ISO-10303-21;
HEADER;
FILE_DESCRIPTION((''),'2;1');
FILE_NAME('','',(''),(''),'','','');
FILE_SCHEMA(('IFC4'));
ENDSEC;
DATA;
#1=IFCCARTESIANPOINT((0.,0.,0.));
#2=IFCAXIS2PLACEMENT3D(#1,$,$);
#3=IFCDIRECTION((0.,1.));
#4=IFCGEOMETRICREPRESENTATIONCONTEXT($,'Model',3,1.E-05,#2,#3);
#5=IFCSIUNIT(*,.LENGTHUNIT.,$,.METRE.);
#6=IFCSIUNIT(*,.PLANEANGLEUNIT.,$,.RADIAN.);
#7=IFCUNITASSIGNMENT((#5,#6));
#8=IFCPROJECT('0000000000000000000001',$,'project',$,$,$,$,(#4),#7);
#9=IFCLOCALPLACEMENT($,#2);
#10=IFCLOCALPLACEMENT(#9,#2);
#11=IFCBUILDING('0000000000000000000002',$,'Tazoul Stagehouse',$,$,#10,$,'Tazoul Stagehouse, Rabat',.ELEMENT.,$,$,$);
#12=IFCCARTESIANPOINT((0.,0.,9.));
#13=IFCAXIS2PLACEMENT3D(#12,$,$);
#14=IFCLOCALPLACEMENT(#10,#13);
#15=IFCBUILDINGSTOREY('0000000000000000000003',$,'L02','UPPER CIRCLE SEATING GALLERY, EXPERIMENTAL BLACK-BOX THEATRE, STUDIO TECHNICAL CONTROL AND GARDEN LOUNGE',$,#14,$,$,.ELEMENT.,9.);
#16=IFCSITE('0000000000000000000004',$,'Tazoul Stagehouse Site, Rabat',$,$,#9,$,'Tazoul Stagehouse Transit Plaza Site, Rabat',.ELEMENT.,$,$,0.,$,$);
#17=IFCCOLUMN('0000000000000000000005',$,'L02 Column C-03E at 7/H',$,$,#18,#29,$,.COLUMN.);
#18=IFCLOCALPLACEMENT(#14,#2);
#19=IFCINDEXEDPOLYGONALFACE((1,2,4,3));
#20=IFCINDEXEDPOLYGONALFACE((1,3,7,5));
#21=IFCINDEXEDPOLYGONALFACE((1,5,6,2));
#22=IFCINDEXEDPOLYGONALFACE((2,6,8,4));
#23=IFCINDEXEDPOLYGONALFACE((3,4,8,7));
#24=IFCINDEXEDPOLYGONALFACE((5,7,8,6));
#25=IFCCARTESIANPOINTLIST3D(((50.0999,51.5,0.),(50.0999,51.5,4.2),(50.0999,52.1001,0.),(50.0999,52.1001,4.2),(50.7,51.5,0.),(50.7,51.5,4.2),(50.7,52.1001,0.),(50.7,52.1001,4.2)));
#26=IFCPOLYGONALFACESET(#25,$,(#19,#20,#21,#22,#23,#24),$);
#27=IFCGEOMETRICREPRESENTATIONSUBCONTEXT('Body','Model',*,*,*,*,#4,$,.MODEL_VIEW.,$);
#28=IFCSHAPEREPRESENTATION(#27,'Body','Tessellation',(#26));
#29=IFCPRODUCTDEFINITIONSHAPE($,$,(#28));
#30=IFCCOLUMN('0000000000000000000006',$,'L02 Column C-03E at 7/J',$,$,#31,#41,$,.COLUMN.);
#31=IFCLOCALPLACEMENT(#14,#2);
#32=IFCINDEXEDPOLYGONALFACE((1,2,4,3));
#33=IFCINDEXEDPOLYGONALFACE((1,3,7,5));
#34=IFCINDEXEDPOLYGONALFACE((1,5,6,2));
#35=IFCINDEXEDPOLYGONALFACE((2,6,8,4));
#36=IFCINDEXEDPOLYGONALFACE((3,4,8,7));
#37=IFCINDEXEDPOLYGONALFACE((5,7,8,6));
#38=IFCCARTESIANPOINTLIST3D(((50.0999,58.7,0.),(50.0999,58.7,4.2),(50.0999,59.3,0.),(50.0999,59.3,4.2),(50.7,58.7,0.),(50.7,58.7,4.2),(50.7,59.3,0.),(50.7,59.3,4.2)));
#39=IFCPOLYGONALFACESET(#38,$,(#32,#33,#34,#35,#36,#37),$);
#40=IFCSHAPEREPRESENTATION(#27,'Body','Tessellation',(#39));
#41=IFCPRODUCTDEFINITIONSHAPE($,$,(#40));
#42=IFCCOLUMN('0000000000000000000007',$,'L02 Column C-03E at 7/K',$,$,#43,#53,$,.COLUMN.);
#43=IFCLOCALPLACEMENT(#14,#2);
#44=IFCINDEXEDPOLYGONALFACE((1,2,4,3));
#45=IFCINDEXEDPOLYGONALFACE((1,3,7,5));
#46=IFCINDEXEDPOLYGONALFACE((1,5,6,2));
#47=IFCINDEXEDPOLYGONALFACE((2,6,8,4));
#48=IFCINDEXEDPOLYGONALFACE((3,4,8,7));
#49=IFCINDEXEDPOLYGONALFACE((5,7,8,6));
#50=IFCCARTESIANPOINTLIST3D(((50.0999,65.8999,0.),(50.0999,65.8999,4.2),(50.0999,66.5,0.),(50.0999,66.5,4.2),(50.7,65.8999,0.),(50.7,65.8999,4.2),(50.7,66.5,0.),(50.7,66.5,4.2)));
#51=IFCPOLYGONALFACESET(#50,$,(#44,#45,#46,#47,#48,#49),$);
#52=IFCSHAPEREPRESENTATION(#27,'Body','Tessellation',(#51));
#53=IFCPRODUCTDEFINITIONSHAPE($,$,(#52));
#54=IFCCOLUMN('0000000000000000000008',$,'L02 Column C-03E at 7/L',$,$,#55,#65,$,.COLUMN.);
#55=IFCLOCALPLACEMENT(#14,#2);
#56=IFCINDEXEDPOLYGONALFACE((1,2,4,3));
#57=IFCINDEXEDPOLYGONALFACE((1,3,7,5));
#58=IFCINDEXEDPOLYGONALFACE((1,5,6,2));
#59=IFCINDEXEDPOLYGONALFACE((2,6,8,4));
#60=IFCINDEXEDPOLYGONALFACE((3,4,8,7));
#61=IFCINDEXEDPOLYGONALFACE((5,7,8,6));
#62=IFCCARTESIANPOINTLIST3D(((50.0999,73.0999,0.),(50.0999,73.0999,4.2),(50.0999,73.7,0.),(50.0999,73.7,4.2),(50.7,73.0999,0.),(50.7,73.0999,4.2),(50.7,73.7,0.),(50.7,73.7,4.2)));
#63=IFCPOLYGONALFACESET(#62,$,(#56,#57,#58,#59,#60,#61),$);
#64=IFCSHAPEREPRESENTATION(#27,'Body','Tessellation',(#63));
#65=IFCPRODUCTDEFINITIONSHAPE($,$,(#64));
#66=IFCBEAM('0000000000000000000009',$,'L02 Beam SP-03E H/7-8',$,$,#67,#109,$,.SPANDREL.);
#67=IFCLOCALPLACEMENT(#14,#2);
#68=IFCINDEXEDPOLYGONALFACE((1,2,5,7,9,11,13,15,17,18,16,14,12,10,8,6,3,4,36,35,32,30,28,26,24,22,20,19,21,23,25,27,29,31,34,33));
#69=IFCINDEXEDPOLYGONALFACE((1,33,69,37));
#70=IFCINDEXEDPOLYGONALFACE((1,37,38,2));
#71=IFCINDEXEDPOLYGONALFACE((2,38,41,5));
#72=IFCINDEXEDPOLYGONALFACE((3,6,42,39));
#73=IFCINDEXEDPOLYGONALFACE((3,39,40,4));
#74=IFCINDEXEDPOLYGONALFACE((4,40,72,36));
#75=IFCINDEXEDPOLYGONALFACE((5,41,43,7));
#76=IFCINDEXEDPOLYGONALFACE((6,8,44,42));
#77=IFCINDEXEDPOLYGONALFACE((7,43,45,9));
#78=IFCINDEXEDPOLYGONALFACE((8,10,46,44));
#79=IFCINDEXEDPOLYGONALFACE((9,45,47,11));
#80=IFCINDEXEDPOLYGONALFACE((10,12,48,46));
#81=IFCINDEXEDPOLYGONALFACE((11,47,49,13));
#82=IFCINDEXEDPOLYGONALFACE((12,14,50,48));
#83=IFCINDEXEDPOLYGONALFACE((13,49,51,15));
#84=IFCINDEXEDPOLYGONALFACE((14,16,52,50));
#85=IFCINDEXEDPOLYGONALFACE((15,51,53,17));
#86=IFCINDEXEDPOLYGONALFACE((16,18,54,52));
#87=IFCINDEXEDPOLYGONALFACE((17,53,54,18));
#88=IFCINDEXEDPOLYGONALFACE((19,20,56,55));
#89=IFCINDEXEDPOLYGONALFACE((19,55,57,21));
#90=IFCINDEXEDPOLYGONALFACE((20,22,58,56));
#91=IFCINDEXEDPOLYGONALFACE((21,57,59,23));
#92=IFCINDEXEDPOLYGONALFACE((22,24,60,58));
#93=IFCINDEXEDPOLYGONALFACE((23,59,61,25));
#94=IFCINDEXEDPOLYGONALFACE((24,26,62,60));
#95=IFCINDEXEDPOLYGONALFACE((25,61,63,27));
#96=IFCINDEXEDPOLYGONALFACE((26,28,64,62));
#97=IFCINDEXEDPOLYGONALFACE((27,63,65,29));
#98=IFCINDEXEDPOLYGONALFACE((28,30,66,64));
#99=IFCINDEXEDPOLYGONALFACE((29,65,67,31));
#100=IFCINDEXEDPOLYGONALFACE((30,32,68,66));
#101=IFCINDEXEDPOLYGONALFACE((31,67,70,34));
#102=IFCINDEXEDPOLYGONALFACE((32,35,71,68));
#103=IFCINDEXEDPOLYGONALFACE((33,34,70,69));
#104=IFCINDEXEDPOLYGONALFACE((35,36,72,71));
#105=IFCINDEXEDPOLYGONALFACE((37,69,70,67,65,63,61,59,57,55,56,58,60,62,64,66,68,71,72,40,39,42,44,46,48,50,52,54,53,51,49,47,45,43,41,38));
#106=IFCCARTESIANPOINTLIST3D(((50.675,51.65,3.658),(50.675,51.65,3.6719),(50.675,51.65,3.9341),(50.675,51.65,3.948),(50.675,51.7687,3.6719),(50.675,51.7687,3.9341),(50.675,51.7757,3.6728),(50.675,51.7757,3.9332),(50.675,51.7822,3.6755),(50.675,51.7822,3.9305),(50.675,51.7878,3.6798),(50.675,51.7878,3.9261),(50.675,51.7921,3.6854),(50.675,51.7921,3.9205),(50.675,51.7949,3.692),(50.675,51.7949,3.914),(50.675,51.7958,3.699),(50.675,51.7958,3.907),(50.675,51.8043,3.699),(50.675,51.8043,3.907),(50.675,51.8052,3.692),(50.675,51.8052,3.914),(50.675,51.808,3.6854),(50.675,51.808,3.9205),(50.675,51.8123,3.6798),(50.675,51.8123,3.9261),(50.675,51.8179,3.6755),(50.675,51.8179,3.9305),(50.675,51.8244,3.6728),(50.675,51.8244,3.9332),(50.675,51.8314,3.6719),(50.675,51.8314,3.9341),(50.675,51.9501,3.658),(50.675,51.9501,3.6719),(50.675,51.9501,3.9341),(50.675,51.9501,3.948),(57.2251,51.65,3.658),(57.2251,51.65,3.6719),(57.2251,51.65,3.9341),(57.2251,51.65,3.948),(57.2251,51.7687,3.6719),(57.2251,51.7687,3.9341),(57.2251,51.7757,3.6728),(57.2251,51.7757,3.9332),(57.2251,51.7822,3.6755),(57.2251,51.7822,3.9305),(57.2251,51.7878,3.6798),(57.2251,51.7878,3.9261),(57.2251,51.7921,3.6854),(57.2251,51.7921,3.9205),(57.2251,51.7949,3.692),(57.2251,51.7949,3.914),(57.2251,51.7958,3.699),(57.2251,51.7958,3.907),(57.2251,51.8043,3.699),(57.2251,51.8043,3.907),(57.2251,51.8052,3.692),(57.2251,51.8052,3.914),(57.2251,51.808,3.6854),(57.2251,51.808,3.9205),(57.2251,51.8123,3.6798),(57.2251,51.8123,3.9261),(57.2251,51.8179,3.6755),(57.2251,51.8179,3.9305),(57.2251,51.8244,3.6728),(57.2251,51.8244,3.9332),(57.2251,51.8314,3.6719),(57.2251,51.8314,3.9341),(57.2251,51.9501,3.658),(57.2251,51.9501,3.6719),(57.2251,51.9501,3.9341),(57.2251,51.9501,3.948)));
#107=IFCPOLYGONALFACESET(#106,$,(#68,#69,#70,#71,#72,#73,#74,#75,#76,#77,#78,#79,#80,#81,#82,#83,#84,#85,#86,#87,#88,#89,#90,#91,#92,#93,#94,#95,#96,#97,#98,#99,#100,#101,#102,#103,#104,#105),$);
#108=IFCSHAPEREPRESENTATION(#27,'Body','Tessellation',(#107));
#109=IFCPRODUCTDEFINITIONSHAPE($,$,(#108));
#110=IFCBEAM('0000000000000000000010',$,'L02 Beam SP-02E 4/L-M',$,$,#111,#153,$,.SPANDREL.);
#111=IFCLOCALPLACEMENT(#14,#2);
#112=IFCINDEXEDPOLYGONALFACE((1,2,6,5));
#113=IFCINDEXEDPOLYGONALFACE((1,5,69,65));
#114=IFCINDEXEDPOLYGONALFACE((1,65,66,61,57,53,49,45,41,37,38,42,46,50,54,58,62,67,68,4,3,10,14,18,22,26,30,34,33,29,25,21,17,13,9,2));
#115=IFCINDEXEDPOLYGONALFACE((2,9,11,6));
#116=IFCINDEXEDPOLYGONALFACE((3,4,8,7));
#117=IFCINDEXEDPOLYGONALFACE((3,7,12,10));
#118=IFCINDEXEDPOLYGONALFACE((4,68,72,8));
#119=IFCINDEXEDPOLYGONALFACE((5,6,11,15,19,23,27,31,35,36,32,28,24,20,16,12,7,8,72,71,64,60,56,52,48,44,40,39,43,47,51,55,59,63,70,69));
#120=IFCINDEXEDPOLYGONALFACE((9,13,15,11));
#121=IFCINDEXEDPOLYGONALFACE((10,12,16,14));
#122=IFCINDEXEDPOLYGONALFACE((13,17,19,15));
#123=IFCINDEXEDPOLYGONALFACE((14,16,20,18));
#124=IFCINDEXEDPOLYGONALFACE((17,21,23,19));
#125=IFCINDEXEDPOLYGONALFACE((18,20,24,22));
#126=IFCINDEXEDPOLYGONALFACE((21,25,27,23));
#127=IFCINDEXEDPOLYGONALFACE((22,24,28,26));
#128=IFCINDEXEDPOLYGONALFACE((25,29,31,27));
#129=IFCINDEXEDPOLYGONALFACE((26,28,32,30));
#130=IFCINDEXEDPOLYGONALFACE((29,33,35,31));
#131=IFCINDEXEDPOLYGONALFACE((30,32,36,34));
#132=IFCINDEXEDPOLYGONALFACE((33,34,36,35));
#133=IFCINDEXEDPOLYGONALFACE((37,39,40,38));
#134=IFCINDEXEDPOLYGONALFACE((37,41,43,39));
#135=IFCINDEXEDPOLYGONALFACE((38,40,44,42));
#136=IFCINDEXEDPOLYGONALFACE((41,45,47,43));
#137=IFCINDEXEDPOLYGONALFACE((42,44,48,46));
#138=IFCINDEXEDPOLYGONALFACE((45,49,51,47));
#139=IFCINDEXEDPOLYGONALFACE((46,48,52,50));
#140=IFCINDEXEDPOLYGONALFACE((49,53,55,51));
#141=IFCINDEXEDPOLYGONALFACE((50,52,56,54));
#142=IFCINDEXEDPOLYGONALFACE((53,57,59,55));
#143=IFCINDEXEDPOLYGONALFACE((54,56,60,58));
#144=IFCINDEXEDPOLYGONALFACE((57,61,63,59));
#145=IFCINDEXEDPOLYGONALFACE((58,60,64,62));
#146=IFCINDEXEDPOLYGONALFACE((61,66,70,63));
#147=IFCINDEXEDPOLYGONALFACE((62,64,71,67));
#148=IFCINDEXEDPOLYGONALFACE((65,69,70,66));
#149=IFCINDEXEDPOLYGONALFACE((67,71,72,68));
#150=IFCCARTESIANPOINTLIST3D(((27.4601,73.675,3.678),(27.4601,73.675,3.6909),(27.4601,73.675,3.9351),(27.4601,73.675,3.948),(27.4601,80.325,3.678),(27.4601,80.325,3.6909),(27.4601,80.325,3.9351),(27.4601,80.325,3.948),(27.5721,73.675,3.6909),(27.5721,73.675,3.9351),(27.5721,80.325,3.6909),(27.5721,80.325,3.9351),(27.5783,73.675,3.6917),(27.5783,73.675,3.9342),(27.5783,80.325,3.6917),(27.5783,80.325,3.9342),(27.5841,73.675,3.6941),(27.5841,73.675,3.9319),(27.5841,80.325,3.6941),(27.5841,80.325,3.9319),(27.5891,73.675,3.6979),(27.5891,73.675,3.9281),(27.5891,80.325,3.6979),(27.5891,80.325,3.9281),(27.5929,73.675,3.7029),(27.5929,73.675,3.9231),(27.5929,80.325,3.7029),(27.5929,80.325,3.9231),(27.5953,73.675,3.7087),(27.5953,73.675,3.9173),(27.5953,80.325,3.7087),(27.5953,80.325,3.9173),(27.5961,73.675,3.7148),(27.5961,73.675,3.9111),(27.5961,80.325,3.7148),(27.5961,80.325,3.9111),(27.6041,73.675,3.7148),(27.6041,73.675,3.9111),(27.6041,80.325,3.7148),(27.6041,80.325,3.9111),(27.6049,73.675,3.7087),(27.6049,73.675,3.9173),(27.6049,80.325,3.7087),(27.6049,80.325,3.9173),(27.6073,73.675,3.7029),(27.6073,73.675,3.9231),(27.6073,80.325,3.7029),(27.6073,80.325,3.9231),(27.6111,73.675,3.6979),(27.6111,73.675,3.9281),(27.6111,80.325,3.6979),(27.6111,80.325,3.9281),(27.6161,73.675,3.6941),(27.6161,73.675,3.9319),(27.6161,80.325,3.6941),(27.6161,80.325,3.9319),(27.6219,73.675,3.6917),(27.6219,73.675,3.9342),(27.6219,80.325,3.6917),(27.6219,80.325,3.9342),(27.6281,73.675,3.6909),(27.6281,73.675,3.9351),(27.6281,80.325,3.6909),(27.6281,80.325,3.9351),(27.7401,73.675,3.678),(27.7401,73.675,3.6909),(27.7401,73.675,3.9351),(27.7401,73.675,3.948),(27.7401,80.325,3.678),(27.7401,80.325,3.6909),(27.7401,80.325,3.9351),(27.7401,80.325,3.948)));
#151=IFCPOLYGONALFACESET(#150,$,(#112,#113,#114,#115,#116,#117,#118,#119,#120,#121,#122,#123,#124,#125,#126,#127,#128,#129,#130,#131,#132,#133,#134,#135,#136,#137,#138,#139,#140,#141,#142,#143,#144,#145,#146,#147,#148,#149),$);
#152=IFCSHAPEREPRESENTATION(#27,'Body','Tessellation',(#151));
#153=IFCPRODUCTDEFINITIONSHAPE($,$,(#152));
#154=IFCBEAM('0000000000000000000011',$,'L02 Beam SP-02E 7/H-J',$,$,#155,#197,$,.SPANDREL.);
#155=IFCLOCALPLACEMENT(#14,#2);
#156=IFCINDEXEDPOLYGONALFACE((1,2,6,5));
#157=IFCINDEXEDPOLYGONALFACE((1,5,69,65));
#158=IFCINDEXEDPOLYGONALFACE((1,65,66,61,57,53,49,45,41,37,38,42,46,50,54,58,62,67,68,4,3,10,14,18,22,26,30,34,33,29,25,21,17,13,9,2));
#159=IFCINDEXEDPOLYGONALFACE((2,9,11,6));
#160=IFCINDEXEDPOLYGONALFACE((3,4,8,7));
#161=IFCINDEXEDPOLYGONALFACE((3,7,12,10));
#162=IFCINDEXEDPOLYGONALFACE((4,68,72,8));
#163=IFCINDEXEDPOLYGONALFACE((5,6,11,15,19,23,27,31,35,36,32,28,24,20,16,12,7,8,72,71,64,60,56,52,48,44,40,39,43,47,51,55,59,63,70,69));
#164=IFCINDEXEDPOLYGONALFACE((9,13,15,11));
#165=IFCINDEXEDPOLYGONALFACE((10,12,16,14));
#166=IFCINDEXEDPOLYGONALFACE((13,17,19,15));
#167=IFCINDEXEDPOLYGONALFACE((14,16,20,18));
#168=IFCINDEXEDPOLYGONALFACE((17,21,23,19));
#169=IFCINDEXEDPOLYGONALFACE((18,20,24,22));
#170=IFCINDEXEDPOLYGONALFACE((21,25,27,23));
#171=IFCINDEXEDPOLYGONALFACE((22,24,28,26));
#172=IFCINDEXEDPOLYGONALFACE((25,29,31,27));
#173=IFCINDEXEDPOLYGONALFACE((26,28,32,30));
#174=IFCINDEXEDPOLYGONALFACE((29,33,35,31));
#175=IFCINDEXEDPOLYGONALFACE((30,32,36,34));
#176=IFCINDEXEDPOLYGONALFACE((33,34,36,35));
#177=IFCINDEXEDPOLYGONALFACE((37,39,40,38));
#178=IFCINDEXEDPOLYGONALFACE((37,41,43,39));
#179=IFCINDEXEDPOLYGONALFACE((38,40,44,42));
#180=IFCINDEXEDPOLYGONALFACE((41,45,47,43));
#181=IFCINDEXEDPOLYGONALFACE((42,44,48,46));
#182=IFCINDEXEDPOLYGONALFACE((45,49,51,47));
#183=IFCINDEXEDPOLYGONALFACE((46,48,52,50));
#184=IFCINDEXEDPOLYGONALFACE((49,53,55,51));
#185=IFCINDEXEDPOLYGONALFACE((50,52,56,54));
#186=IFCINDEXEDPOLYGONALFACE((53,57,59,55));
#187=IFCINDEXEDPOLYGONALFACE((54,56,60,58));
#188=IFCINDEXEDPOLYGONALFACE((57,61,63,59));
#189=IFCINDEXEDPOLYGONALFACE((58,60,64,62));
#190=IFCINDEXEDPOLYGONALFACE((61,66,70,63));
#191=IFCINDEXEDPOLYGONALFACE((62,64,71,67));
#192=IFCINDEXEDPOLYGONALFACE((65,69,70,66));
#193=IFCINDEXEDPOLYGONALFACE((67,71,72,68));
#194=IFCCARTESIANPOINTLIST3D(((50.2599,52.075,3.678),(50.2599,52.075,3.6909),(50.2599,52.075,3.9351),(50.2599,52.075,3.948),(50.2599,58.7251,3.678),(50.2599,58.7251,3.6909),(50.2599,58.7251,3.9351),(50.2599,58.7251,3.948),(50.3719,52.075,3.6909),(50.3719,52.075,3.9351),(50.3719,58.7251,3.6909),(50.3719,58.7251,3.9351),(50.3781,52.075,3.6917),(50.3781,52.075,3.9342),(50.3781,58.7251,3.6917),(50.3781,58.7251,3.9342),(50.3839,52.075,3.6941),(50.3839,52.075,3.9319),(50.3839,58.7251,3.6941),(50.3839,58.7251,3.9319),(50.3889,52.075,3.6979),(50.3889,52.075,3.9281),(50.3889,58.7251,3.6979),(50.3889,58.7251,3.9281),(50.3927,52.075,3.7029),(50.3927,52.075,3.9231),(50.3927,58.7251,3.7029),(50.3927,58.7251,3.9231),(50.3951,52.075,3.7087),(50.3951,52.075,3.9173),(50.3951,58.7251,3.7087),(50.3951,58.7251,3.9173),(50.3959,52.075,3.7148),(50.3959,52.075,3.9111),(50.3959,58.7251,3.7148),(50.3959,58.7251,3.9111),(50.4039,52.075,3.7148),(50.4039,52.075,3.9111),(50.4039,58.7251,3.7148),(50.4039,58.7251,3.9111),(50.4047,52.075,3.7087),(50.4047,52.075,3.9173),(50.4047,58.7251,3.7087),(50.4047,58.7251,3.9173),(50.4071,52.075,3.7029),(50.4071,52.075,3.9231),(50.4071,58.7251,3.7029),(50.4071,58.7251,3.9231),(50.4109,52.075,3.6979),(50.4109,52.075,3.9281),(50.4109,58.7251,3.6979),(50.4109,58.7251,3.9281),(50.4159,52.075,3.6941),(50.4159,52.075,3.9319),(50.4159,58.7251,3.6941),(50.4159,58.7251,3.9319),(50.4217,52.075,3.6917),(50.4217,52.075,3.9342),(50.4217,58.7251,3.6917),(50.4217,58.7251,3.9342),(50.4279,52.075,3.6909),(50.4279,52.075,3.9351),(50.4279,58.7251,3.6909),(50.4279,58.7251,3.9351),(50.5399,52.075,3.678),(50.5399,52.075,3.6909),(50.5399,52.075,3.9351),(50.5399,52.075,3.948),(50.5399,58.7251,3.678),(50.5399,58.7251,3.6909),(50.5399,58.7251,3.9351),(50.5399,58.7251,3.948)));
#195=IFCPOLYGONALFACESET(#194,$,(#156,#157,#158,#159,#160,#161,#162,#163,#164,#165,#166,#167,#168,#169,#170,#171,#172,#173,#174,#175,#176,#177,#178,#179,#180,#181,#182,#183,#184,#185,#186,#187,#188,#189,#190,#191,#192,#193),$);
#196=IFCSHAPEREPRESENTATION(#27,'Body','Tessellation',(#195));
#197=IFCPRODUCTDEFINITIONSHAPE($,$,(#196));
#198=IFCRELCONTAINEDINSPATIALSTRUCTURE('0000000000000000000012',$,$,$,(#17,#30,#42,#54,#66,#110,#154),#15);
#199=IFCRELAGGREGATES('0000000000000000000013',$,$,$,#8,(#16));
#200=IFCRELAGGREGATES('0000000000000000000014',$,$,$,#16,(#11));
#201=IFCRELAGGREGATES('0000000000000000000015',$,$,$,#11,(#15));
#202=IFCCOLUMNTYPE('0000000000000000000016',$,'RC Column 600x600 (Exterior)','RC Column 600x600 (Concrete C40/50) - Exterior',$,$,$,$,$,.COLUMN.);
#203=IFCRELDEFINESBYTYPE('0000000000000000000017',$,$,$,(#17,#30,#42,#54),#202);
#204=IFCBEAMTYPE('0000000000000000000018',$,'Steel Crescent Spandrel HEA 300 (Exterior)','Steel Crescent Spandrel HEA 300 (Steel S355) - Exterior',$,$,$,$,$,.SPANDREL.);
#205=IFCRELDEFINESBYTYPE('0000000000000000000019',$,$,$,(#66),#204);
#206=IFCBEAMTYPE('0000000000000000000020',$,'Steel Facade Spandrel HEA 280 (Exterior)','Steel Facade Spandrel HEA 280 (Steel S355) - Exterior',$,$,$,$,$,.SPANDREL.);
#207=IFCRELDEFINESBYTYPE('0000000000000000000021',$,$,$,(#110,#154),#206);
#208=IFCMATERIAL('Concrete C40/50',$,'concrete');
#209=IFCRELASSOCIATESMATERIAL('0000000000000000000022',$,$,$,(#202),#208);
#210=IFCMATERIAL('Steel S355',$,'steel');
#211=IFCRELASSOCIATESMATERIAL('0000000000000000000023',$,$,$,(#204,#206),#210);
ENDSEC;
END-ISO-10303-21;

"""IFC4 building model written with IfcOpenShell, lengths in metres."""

from ifc_helpers import new_model, si_unit, direction, frame, origin, origin_2d, place, context, subcontext, project, spatial, rectangle, i_section, extrude, material, material_profile, profile_set, type_object, element, save


model = new_model("IFC4")

# Units and contexts
model_context = context("Model", 3, precision=1e-05, world=origin(), true_north=direction((0.0, 1.0)))
body_context = subcontext(model_context, "Body", "Model", "MODEL_VIEW")
ifc_project = project(units=[si_unit("LENGTHUNIT", "METRE"), si_unit("PLANEANGLEUNIT", "RADIAN")], contexts=[model_context])

# Site, building, storey
site_placement = place(None, origin())
site = spatial("IfcSite", under=ifc_project, at=site_placement, Name="Tazoul Stagehouse Site, Rabat", LongName="Tazoul Stagehouse Transit Plaza Site, Rabat", CompositionType="ELEMENT", RefElevation=0.0)
building_placement = place(site_placement, origin())
building = spatial("IfcBuilding", under=site, at=building_placement, Name="Tazoul Stagehouse", LongName="Tazoul Stagehouse, Rabat", CompositionType="ELEMENT")
storey_placement = place(building_placement, frame((0.0, 0.0, 9.0)))
storey = spatial("IfcBuildingStorey", under=building, at=storey_placement, Name="L02", Description="UPPER CIRCLE SEATING GALLERY, EXPERIMENTAL BLACK-BOX THEATRE, STUDIO TECHNICAL CONTROL AND GARDEN LOUNGE", CompositionType="ELEMENT", Elevation=9.0)

# Columns
ifc_material_1 = material(Name="Concrete C40/50", Category="concrete")
ifc_material_profile_1 = material_profile(ifc_material_1, rectangle(XDim=0.6001, YDim=0.6001, at=origin_2d()), Name="RC 600x600")
ifc_profile_set_1 = profile_set([ifc_material_profile_1], Name="Concrete C40/50")
column_type = type_object("IfcColumnType", Name="RC Column 600x600 (Exterior)", Description="RC Column 600x600 (Concrete C40/50) - Exterior", PredefinedType="COLUMN", material=ifc_profile_set_1)
for number, where, z_axis, x_axis, name in (
    (1, (50.3999, 51.8, 0.0), (0.0, 0.0, 1.0), (1.0, 0.0, 0.0), "L02 Column C-03E at 7/H"),
    (2, (50.3999, 59.0, 0.0), (0.0, 0.0, 1.0), (1.0, 0.0, 0.0), "L02 Column C-03E at 7/J"),
    (3, (50.3999, 66.2, 0.0), (0.0, 0.0, 1.0), (1.0, 0.0, 0.0), "L02 Column C-03E at 7/K"),
    (4, (50.3999, 73.3999, 0.0), (0.0, 0.0, 1.0), (1.0, 0.0, 0.0), "L02 Column C-03E at 7/L"),
):
    element("IfcColumn", number, at=place(storey_placement, frame(where, z_axis=z_axis, x_axis=x_axis)), inside=storey, type_object=column_type, Name=name, PredefinedType="COLUMN", context=body_context, shape_type="SweptSolid", body=[
        extrude(rectangle(XDim=0.6001, YDim=0.6001, at=origin_2d()), origin(), (0.0, 0.0, 1.0), 4.2),
    ])

# Beams
ifc_material_2 = material(Name="Steel S355", Category="steel")
ifc_material_profile_2 = material_profile(ifc_material_2, i_section(OverallWidth=0.3, OverallDepth=0.29, WebThickness=0.0085, FlangeThickness=0.0139, FilletRadius=0.0271, at=origin_2d()), Name="HEA 300")
ifc_profile_set_2 = profile_set([ifc_material_profile_2], Name="Steel S355")
beam_type_1 = type_object("IfcBeamType", Name="Steel Crescent Spandrel HEA 300 (Exterior)", Description="Steel Crescent Spandrel HEA 300 (Steel S355) - Exterior", PredefinedType="SPANDREL", material=ifc_profile_set_2)
beam_1_placement = place(storey_placement, frame((50.675, 51.8, 3.803), z_axis=(1.0, 0.0, 0.0), x_axis=(0.0, 1.0, 0.0)))
element("IfcBeam", 5, at=beam_1_placement, inside=storey, type_object=beam_type_1, Name="L02 Beam SP-03E H/7-8", PredefinedType="SPANDREL", context=body_context, shape_type="SweptSolid", body=[
    extrude(i_section(OverallWidth=0.3, OverallDepth=0.29, WebThickness=0.0085, FlangeThickness=0.0139, FilletRadius=0.0271, at=origin_2d()), origin(), (0.0, 0.0, 1.0), 6.55),
])
ifc_material_profile_3 = material_profile(ifc_material_2, i_section(OverallWidth=0.28, OverallDepth=0.27, WebThickness=0.0081, FlangeThickness=0.0129, FilletRadius=0.0239, at=origin_2d()), Name="HEA 280")
ifc_profile_set_3 = profile_set([ifc_material_profile_3], Name="Steel S355")
beam_type_2 = type_object("IfcBeamType", Name="Steel Facade Spandrel HEA 280 (Exterior)", Description="Steel Facade Spandrel HEA 280 (Steel S355) - Exterior", PredefinedType="SPANDREL", material=ifc_profile_set_3)
beam_2_placement = place(storey_placement, frame((27.6001, 73.675, 3.813), z_axis=(0.0, 1.0, 0.0), x_axis=(-1.0, 0.0, 0.0)))
element("IfcBeam", 6, at=beam_2_placement, inside=storey, type_object=beam_type_2, Name="L02 Beam SP-02E 4/L-M", PredefinedType="SPANDREL", context=body_context, shape_type="SweptSolid", body=[
    extrude(i_section(OverallWidth=0.28, OverallDepth=0.27, WebThickness=0.0081, FlangeThickness=0.0129, FilletRadius=0.0239, at=origin_2d()), origin(), (0.0, 0.0, 1.0), 6.6499),
])
for number, where, z_axis, x_axis, name in (
    (7, (50.3999, 52.075, 3.813), (0.0, 1.0, 0.0), (-1.0, 0.0, 0.0), "L02 Beam SP-02E 7/H-J"),
):
    element("IfcBeam", number, at=place(storey_placement, frame(where, z_axis=z_axis, x_axis=x_axis)), inside=storey, type_object=beam_type_2, Name=name, PredefinedType="SPANDREL", context=body_context, shape_type="SweptSolid", body=[
        extrude(i_section(OverallWidth=0.28, OverallDepth=0.27, WebThickness=0.0081, FlangeThickness=0.0129, FilletRadius=0.0239, at=origin_2d()), origin(), (0.0, 0.0, 1.0), 6.6501),
    ])

save(model, "model.ifc")
